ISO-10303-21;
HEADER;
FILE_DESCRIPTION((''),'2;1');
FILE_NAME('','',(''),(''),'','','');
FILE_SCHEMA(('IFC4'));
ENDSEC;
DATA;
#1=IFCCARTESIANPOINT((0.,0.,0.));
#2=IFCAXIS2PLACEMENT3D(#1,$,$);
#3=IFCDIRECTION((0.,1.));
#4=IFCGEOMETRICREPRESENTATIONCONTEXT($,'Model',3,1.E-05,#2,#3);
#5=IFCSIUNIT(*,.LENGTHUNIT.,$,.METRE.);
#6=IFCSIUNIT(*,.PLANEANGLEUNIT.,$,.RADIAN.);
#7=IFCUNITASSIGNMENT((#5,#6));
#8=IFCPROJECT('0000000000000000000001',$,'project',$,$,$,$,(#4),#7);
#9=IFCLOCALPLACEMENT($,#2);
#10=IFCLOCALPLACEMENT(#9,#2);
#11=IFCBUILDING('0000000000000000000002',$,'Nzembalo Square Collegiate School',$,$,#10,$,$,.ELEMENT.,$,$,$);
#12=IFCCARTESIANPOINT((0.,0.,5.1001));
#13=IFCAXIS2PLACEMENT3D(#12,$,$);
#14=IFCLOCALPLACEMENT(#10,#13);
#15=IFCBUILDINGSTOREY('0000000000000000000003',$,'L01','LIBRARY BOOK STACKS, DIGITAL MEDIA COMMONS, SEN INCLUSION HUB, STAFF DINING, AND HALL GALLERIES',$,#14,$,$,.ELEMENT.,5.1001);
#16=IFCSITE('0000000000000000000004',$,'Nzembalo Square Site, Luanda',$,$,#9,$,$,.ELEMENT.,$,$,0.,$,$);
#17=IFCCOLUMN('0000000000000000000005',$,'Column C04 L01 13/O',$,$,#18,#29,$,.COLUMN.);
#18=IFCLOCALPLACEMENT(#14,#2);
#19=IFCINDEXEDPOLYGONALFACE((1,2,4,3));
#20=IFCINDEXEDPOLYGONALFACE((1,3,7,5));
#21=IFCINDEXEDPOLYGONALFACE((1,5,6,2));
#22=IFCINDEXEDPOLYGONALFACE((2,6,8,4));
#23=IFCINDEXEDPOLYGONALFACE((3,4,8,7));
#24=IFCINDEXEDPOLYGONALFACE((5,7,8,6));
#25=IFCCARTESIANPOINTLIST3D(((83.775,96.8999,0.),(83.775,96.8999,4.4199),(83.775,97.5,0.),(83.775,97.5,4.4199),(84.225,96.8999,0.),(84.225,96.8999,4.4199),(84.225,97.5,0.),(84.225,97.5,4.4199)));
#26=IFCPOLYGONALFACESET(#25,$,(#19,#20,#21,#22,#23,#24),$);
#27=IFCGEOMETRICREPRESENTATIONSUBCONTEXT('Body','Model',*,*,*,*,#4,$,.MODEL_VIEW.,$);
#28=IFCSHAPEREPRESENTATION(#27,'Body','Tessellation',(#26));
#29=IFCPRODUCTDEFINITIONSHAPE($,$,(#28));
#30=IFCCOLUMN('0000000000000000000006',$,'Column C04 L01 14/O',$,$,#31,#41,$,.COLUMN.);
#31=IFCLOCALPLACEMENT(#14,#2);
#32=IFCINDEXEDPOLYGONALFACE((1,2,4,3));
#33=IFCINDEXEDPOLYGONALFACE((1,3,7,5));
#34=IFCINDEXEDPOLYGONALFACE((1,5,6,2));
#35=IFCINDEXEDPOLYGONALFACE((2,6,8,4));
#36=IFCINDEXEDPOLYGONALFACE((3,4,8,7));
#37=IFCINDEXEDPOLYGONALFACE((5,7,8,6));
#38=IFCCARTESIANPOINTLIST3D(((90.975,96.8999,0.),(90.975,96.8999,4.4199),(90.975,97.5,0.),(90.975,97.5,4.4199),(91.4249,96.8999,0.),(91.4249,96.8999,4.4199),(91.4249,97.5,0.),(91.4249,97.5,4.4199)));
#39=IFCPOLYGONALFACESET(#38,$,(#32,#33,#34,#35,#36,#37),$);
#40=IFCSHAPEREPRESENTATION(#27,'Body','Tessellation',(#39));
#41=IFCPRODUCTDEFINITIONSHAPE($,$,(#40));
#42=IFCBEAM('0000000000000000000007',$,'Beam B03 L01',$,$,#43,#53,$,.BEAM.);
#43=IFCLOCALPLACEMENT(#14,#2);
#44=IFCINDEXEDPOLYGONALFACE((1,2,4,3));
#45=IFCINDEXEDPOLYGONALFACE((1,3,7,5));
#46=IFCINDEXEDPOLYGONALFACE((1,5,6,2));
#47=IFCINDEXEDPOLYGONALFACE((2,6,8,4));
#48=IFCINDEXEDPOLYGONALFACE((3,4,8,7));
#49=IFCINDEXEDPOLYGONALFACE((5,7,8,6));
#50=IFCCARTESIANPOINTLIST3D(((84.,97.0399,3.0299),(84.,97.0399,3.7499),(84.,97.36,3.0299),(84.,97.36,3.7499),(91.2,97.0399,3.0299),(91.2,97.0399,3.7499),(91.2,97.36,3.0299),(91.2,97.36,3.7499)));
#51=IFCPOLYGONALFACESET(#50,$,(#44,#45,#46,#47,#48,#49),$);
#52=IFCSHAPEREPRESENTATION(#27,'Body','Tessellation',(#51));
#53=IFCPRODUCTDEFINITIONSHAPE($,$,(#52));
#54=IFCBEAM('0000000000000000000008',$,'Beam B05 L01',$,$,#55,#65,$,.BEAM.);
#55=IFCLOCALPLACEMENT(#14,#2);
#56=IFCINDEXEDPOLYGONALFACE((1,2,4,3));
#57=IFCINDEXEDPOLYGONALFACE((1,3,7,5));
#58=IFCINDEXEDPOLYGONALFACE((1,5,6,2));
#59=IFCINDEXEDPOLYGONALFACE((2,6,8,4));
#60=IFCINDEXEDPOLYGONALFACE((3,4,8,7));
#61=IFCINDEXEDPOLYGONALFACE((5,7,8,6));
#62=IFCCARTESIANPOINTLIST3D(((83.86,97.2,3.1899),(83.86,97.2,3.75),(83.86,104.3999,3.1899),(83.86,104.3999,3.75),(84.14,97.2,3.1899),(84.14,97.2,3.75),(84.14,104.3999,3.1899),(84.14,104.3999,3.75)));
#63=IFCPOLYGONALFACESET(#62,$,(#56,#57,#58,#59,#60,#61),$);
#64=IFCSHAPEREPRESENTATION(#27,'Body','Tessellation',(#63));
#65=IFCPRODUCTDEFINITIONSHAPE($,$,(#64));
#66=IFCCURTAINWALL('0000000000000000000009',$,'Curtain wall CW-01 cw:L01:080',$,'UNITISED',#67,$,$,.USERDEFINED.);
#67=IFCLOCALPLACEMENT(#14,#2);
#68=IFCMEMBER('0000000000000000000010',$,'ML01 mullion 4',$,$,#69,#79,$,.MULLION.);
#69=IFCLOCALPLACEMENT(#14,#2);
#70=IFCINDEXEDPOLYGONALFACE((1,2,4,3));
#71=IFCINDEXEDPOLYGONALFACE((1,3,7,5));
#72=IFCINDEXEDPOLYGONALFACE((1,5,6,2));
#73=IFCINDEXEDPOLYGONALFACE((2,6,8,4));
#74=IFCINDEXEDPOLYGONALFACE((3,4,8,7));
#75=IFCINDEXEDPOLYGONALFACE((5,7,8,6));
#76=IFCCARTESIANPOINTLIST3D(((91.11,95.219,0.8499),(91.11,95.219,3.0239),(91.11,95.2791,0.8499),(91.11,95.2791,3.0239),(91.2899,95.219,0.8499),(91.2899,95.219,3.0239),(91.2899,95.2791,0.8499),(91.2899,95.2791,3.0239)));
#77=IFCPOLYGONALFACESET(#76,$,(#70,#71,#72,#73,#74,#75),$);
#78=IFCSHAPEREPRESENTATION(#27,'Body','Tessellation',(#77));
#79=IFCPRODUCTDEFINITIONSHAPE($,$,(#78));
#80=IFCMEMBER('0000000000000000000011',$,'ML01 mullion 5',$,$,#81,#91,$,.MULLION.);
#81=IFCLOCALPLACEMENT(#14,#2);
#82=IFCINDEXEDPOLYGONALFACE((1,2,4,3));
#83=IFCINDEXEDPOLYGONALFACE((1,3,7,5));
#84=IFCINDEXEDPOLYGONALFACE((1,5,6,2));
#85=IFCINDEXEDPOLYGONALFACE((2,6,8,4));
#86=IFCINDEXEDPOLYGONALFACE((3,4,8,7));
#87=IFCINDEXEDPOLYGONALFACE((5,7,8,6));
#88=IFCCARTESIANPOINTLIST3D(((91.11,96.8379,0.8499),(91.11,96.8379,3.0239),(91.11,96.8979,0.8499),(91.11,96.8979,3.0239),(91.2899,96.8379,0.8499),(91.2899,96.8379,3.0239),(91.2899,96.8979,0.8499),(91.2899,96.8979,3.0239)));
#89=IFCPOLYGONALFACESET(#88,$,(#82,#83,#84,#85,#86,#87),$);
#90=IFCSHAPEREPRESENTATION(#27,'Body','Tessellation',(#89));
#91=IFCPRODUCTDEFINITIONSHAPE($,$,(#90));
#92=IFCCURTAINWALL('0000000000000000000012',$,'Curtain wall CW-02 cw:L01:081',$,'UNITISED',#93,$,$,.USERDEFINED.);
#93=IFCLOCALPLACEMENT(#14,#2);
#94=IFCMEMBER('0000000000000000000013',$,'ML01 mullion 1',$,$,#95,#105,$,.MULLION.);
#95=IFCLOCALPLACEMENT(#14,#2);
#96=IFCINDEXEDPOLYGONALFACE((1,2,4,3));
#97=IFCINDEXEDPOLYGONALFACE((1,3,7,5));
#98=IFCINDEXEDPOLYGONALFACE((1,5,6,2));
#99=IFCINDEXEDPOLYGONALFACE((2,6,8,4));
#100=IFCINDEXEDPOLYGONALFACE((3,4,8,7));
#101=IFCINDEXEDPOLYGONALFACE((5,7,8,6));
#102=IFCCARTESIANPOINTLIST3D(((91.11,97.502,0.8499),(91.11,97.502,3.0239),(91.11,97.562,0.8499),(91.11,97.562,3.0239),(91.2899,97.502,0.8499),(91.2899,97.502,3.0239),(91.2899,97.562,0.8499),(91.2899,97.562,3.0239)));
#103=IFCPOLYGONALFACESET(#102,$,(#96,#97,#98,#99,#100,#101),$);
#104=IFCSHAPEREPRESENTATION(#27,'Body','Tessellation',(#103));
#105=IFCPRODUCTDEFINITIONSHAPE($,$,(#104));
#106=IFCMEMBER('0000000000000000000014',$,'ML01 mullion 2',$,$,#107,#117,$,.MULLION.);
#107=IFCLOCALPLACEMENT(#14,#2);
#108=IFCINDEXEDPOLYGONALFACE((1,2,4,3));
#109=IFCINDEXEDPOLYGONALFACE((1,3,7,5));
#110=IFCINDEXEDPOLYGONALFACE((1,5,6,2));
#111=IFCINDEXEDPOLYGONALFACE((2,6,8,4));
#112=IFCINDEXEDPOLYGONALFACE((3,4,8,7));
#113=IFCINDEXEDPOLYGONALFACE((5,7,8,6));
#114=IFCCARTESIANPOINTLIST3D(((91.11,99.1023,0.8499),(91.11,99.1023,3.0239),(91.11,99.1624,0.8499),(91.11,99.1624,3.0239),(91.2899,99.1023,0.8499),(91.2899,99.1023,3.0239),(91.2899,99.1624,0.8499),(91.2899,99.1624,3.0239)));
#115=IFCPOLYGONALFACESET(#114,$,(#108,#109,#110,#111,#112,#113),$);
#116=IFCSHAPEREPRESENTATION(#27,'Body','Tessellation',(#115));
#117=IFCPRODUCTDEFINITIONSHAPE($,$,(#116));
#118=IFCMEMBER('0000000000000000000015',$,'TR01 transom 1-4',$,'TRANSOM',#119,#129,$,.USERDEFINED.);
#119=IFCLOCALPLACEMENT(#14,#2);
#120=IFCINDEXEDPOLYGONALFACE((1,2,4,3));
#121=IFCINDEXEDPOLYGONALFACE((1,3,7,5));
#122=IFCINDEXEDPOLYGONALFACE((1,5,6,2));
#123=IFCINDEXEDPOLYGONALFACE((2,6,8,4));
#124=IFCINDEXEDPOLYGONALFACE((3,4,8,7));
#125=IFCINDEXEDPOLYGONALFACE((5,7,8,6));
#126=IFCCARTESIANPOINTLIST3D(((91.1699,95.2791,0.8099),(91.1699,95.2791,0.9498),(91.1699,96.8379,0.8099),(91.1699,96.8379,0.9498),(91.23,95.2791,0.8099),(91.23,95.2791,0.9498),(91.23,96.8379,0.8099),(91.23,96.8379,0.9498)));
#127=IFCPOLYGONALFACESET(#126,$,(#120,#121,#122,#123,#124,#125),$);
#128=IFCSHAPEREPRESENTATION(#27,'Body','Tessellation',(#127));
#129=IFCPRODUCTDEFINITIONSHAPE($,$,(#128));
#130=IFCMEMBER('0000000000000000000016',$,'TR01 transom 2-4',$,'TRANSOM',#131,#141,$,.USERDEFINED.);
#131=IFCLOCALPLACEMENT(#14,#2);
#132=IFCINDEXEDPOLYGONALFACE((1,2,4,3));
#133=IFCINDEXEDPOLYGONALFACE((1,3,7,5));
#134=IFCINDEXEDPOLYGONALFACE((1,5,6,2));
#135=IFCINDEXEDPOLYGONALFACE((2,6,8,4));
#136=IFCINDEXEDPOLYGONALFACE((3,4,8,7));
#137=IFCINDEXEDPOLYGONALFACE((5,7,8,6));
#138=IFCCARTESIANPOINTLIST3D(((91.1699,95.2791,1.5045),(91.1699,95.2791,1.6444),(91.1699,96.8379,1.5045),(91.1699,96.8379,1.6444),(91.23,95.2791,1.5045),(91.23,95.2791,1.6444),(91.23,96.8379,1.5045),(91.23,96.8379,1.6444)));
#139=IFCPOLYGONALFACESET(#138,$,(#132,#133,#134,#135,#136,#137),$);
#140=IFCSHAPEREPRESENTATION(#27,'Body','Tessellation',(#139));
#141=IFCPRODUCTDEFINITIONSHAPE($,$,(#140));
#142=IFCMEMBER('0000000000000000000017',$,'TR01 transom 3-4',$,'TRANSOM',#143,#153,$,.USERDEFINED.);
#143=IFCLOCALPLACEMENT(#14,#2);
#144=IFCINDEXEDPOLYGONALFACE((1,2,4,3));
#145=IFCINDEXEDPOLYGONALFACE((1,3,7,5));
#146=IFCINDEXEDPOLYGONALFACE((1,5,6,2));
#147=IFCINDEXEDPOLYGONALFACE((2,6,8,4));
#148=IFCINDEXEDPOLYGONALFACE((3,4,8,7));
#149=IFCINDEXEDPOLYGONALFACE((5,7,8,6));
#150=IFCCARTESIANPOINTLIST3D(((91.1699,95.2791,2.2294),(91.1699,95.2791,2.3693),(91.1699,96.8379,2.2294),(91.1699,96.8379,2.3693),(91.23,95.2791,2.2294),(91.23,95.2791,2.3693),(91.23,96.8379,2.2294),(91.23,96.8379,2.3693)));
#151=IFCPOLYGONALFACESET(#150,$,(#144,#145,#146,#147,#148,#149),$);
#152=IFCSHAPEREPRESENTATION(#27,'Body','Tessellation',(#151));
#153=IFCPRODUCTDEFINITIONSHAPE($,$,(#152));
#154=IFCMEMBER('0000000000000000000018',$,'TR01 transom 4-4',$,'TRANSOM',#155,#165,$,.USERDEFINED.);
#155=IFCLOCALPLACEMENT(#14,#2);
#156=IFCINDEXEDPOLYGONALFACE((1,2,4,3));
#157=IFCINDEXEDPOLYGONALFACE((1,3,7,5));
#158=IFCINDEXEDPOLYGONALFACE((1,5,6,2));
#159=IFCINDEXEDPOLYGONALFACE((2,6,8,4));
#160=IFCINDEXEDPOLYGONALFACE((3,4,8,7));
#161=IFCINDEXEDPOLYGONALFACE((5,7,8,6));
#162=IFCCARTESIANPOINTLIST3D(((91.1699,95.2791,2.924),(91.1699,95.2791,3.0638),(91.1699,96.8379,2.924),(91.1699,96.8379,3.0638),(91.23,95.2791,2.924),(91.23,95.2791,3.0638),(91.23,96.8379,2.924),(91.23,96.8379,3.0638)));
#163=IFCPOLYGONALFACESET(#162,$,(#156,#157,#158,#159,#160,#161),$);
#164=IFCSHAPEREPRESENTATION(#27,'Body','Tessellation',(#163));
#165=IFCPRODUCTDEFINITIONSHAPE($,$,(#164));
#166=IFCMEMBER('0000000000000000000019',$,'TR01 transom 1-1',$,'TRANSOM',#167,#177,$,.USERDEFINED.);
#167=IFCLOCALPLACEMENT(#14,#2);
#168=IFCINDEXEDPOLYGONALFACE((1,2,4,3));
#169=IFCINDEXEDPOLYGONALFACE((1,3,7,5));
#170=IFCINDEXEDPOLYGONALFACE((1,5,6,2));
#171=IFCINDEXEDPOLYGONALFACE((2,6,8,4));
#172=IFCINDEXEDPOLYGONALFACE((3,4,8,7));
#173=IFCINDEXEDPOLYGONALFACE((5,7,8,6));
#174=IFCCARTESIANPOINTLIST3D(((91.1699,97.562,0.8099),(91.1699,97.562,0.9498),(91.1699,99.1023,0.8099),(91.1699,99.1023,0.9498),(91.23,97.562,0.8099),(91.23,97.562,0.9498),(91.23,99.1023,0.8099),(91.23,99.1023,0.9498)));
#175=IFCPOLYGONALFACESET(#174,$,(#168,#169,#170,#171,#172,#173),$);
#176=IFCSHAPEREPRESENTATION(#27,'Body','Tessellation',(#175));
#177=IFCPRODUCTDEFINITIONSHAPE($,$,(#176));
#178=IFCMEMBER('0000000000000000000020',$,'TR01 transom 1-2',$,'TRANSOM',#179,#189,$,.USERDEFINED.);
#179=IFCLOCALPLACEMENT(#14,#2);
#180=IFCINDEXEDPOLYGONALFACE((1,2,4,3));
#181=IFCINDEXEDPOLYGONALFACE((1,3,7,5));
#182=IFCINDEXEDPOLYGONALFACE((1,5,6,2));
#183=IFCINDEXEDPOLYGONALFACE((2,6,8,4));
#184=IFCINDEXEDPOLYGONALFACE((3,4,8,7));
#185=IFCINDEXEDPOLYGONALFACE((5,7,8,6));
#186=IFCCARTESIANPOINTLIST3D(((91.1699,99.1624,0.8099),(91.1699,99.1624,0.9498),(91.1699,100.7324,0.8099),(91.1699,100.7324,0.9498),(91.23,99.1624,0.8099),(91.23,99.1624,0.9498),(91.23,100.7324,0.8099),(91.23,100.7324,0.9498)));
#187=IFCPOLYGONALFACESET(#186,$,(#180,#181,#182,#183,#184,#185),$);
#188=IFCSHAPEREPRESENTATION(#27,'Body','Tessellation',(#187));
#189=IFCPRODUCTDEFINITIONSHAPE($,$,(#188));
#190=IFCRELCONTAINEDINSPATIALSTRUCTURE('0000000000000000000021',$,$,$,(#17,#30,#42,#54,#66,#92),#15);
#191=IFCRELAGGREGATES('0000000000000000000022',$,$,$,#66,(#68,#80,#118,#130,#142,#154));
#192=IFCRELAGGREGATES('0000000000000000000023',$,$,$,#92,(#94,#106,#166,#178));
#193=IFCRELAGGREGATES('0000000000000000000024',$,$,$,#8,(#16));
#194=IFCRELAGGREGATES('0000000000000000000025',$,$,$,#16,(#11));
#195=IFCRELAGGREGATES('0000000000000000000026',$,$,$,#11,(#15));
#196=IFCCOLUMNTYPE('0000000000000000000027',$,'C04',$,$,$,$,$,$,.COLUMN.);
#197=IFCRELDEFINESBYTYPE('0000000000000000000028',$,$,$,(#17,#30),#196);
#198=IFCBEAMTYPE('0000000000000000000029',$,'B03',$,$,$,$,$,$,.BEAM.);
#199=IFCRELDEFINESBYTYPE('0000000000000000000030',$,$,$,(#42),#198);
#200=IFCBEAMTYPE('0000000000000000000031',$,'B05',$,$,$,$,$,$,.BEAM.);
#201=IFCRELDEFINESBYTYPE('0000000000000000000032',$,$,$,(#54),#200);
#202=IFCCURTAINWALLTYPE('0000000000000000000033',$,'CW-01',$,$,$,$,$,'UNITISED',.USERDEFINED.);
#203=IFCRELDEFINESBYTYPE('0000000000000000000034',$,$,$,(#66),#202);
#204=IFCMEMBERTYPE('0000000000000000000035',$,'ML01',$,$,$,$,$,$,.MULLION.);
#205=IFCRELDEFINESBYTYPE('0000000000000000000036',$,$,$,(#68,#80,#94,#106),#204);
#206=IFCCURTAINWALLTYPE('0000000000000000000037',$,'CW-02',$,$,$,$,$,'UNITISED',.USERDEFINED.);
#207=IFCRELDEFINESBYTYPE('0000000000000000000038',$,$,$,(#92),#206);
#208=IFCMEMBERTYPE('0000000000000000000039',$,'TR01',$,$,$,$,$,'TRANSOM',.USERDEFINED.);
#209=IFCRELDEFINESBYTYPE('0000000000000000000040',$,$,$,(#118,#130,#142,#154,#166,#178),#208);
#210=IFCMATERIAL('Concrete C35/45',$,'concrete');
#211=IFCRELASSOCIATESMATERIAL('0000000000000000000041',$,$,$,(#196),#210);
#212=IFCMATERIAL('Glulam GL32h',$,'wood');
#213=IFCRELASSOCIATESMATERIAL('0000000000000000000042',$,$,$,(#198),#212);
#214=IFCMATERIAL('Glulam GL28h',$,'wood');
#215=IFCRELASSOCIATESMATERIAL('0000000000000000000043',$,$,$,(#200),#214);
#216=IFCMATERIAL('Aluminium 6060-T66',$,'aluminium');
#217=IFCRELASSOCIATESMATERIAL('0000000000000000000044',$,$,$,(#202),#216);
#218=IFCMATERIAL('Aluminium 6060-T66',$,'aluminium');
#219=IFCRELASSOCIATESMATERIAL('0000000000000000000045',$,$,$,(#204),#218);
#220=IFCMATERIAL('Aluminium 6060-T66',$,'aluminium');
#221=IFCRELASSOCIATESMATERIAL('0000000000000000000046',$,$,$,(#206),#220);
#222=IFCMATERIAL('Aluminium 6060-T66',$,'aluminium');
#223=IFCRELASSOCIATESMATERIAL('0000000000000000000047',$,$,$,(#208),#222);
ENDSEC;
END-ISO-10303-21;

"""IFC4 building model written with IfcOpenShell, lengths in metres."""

from ifc_helpers import new_model, si_unit, direction, frame, origin, origin_2d, place, context, subcontext, project, spatial, rectangle, extrude, material, material_profile, profile_set, type_object, element, aggregate, save


model = new_model("IFC4")

# Units and contexts
model_context = context("Model", 3, precision=1e-05, world=origin(), true_north=direction((0.0, 1.0)))
body_context = subcontext(model_context, "Body", "Model", "MODEL_VIEW")
ifc_project = project(units=[si_unit("LENGTHUNIT", "METRE"), si_unit("PLANEANGLEUNIT", "RADIAN")], contexts=[model_context])

# Site, building, storey
site_placement = place(None, origin())
site = spatial("IfcSite", under=ifc_project, at=site_placement, Name="Nzembalo Square Site, Luanda", CompositionType="ELEMENT", RefElevation=0.0)
building_placement = place(site_placement, origin())
building = spatial("IfcBuilding", under=site, at=building_placement, Name="Nzembalo Square Collegiate School", CompositionType="ELEMENT")
storey_placement = place(building_placement, frame((0.0, 0.0, 5.1001)))
storey = spatial("IfcBuildingStorey", under=building, at=storey_placement, Name="L01", Description="LIBRARY BOOK STACKS, DIGITAL MEDIA COMMONS, SEN INCLUSION HUB, STAFF DINING, AND HALL GALLERIES", CompositionType="ELEMENT", Elevation=5.1001)

# Columns
ifc_material_1 = material(Name="Concrete C35/45", Category="concrete")
ifc_material_profile_1 = material_profile(ifc_material_1, rectangle(XDim=0.45, YDim=0.6001, at=origin_2d()), Name="RC 450x600")
ifc_profile_set_1 = profile_set([ifc_material_profile_1], Name="Concrete C35/45")
column_type = type_object("IfcColumnType", Name="C04", PredefinedType="COLUMN", material=ifc_profile_set_1)
for number, where, z_axis, x_axis, name in (
    (1, (84.0, 97.2, 0.0), (0.0, 0.0, 1.0), (1.0, 0.0, 0.0), "Column C04 L01 13/O"),
    (2, (91.2, 97.2, 0.0), (0.0, 0.0, 1.0), (1.0, 0.0, 0.0), "Column C04 L01 14/O"),
):
    element("IfcColumn", number, at=place(storey_placement, frame(where, z_axis=z_axis, x_axis=x_axis)), inside=storey, type_object=column_type, Name=name, PredefinedType="COLUMN", context=body_context, shape_type="SweptSolid", body=[
        extrude(rectangle(XDim=0.45, YDim=0.6001, at=origin_2d()), origin(), (0.0, 0.0, 1.0), 4.4199),
    ])

# Beams
ifc_material_2 = material(Name="Glulam GL32h", Category="wood")
ifc_material_profile_2 = material_profile(ifc_material_2, rectangle(XDim=0.3201, YDim=0.72, at=origin_2d()), Name="GL32h 320x720")
ifc_profile_set_2 = profile_set([ifc_material_profile_2], Name="Glulam GL32h")
beam_type_1 = type_object("IfcBeamType", Name="B03", PredefinedType="BEAM", material=ifc_profile_set_2)
beam_1_placement = place(storey_placement, frame((84.0, 97.2, 3.3899), z_axis=(1.0, 0.0, 0.0), x_axis=(0.0, 1.0, 0.0)))
element("IfcBeam", 3, at=beam_1_placement, inside=storey, type_object=beam_type_1, Name="Beam B03 L01", PredefinedType="BEAM", context=body_context, shape_type="SweptSolid", body=[
    extrude(rectangle(XDim=0.3201, YDim=0.72, at=origin_2d()), origin(), (0.0, 0.0, 1.0), 7.2),
])
ifc_material_3 = material(Name="Glulam GL28h", Category="wood")
ifc_material_profile_3 = material_profile(ifc_material_3, rectangle(XDim=0.28, YDim=0.5601, at=origin_2d()), Name="GL28h 280x560")
ifc_profile_set_3 = profile_set([ifc_material_profile_3], Name="Glulam GL28h")
beam_type_2 = type_object("IfcBeamType", Name="B05", PredefinedType="BEAM", material=ifc_profile_set_3)
beam_2_placement = place(storey_placement, frame((84.0, 97.2, 3.47), z_axis=(0.0, 1.0, 0.0), x_axis=(-1.0, 0.0, 0.0)))
element("IfcBeam", 4, at=beam_2_placement, inside=storey, type_object=beam_type_2, Name="Beam B05 L01", PredefinedType="BEAM", context=body_context, shape_type="SweptSolid", body=[
    extrude(rectangle(XDim=0.28, YDim=0.5601, at=origin_2d()), origin(), (0.0, 0.0, 1.0), 7.2),
])

# Curtain walls, members
ifc_material_4 = material(Name="Aluminium 6060-T66", Category="aluminium")
curtain_wall_type_1 = type_object("IfcCurtainWallType", Name="CW-01", ElementType="UNITISED", PredefinedType="USERDEFINED", material=ifc_material_4)
curtain_wall_1_placement = place(storey_placement, origin())
curtain_wall_1 = element("IfcCurtainWall", 5, at=curtain_wall_1_placement, inside=storey, type_object=curtain_wall_type_1, Name="Curtain wall CW-01 cw:L01:080", ObjectType="UNITISED", PredefinedType="USERDEFINED")
ifc_material_5 = material(Name="Aluminium 6060-T66", Category="aluminium")
ifc_material_profile_4 = material_profile(ifc_material_5, rectangle(XDim=0.0601, YDim=0.1799, at=origin_2d()), Name="ALU M60x180")
ifc_profile_set_4 = profile_set([ifc_material_profile_4], Name="Aluminium 6060-T66")
member_type_1 = type_object("IfcMemberType", Name="ML01", PredefinedType="MULLION", material=ifc_profile_set_4)
member_1_placement = place(storey_placement, frame((91.2, 95.249, 0.8499), z_axis=(0.0, 0.0, 1.0), x_axis=(0.0, 1.0, 0.0)))
member_1 = element("IfcMember", 6, at=member_1_placement, type_object=member_type_1, Name="ML01 mullion 4", PredefinedType="MULLION", context=body_context, shape_type="SweptSolid", body=[
    extrude(rectangle(XDim=0.0601, YDim=0.1799, at=origin_2d()), origin(), (0.0, 0.0, 1.0), 2.1741),
])
member_2_placement = place(storey_placement, frame((91.2, 96.8679, 0.8499), z_axis=(0.0, 0.0, 1.0), x_axis=(0.0, 1.0, 0.0)))
member_2 = element("IfcMember", 7, at=member_2_placement, type_object=member_type_1, Name="ML01 mullion 5", PredefinedType="MULLION", context=body_context, shape_type="SweptSolid", body=[
    extrude(rectangle(XDim=0.0601, YDim=0.1799, at=origin_2d()), origin(), (0.0, 0.0, 1.0), 2.1741),
])
ifc_material_6 = material(Name="Aluminium 6060-T66", Category="aluminium")
curtain_wall_type_2 = type_object("IfcCurtainWallType", Name="CW-02", ElementType="UNITISED", PredefinedType="USERDEFINED", material=ifc_material_6)
curtain_wall_2_placement = place(storey_placement, origin())
curtain_wall_2 = element("IfcCurtainWall", 8, at=curtain_wall_2_placement, inside=storey, type_object=curtain_wall_type_2, Name="Curtain wall CW-02 cw:L01:081", ObjectType="UNITISED", PredefinedType="USERDEFINED")
member_3_placement = place(storey_placement, frame((91.2, 97.532, 0.8499), z_axis=(0.0, 0.0, 1.0), x_axis=(0.0, 1.0, 0.0)))
member_3 = element("IfcMember", 9, at=member_3_placement, type_object=member_type_1, Name="ML01 mullion 1", PredefinedType="MULLION", context=body_context, shape_type="SweptSolid", body=[
    extrude(rectangle(XDim=0.0601, YDim=0.1799, at=origin_2d()), origin(), (0.0, 0.0, 1.0), 2.1741),
])
member_4_placement = place(storey_placement, frame((91.2, 99.1323, 0.8499), z_axis=(0.0, 0.0, 1.0), x_axis=(0.0, 1.0, 0.0)))
member_4 = element("IfcMember", 10, at=member_4_placement, type_object=member_type_1, Name="ML01 mullion 2", PredefinedType="MULLION", context=body_context, shape_type="SweptSolid", body=[
    extrude(rectangle(XDim=0.0601, YDim=0.1799, at=origin_2d()), origin(), (0.0, 0.0, 1.0), 2.1741),
])

# Members
ifc_material_7 = material(Name="Aluminium 6060-T66", Category="aluminium")
ifc_material_profile_5 = material_profile(ifc_material_7, rectangle(XDim=0.0601, YDim=0.1399, at=origin_2d()), Name="ALU T60x140")
ifc_profile_set_5 = profile_set([ifc_material_profile_5], Name="Aluminium 6060-T66")
member_type_2 = type_object("IfcMemberType", Name="TR01", ElementType="TRANSOM", PredefinedType="USERDEFINED", material=ifc_profile_set_5)
member_5_placement = place(storey_placement, frame((91.2, 95.2791, 0.8799), z_axis=(0.0, 1.0, 0.0), x_axis=(-1.0, 0.0, 0.0)))
member_5 = element("IfcMember", 11, at=member_5_placement, type_object=member_type_2, Name="TR01 transom 1-4", ObjectType="TRANSOM", PredefinedType="USERDEFINED", context=body_context, shape_type="SweptSolid", body=[
    extrude(rectangle(XDim=0.0601, YDim=0.1399, at=origin_2d()), origin(), (0.0, 0.0, 1.0), 1.5588),
])
member_6_placement = place(storey_placement, frame((91.2, 95.2791, 1.5745), z_axis=(0.0, 1.0, 0.0), x_axis=(-1.0, 0.0, 0.0)))
member_6 = element("IfcMember", 12, at=member_6_placement, type_object=member_type_2, Name="TR01 transom 2-4", ObjectType="TRANSOM", PredefinedType="USERDEFINED", context=body_context, shape_type="SweptSolid", body=[
    extrude(rectangle(XDim=0.0601, YDim=0.1399, at=origin_2d()), origin(), (0.0, 0.0, 1.0), 1.5588),
])
member_7_placement = place(storey_placement, frame((91.2, 95.2791, 2.2993), z_axis=(0.0, 1.0, 0.0), x_axis=(-1.0, 0.0, 0.0)))
member_7 = element("IfcMember", 13, at=member_7_placement, type_object=member_type_2, Name="TR01 transom 3-4", ObjectType="TRANSOM", PredefinedType="USERDEFINED", context=body_context, shape_type="SweptSolid", body=[
    extrude(rectangle(XDim=0.0601, YDim=0.1399, at=origin_2d()), origin(), (0.0, 0.0, 1.0), 1.5588),
])
member_8_placement = place(storey_placement, frame((91.2, 95.2791, 2.9939), z_axis=(0.0, 1.0, 0.0), x_axis=(-1.0, 0.0, 0.0)))
member_8 = element("IfcMember", 14, at=member_8_placement, type_object=member_type_2, Name="TR01 transom 4-4", ObjectType="TRANSOM", PredefinedType="USERDEFINED", context=body_context, shape_type="SweptSolid", body=[
    extrude(rectangle(XDim=0.0601, YDim=0.1399, at=origin_2d()), origin(), (0.0, 0.0, 1.0), 1.5588),
])
member_9_placement = place(storey_placement, frame((91.2, 97.562, 0.8799), z_axis=(0.0, 1.0, 0.0), x_axis=(-1.0, 0.0, 0.0)))
member_9 = element("IfcMember", 15, at=member_9_placement, type_object=member_type_2, Name="TR01 transom 1-1", ObjectType="TRANSOM", PredefinedType="USERDEFINED", context=body_context, shape_type="SweptSolid", body=[
    extrude(rectangle(XDim=0.0601, YDim=0.1399, at=origin_2d()), origin(), (0.0, 0.0, 1.0), 1.5403),
])
member_10_placement = place(storey_placement, frame((91.2, 99.1624, 0.8799), z_axis=(0.0, 1.0, 0.0), x_axis=(-1.0, 0.0, 0.0)))
member_10 = element("IfcMember", 16, at=member_10_placement, type_object=member_type_2, Name="TR01 transom 1-2", ObjectType="TRANSOM", PredefinedType="USERDEFINED", context=body_context, shape_type="SweptSolid", body=[
    extrude(rectangle(XDim=0.0601, YDim=0.1399, at=origin_2d()), origin(), (0.0, 0.0, 1.0), 1.5701),
])

aggregate(curtain_wall_1, [member_1, member_2, member_5, member_6, member_7, member_8])
aggregate(curtain_wall_2, [member_3, member_4, member_9, member_10])

save(model, "model.ifc")
